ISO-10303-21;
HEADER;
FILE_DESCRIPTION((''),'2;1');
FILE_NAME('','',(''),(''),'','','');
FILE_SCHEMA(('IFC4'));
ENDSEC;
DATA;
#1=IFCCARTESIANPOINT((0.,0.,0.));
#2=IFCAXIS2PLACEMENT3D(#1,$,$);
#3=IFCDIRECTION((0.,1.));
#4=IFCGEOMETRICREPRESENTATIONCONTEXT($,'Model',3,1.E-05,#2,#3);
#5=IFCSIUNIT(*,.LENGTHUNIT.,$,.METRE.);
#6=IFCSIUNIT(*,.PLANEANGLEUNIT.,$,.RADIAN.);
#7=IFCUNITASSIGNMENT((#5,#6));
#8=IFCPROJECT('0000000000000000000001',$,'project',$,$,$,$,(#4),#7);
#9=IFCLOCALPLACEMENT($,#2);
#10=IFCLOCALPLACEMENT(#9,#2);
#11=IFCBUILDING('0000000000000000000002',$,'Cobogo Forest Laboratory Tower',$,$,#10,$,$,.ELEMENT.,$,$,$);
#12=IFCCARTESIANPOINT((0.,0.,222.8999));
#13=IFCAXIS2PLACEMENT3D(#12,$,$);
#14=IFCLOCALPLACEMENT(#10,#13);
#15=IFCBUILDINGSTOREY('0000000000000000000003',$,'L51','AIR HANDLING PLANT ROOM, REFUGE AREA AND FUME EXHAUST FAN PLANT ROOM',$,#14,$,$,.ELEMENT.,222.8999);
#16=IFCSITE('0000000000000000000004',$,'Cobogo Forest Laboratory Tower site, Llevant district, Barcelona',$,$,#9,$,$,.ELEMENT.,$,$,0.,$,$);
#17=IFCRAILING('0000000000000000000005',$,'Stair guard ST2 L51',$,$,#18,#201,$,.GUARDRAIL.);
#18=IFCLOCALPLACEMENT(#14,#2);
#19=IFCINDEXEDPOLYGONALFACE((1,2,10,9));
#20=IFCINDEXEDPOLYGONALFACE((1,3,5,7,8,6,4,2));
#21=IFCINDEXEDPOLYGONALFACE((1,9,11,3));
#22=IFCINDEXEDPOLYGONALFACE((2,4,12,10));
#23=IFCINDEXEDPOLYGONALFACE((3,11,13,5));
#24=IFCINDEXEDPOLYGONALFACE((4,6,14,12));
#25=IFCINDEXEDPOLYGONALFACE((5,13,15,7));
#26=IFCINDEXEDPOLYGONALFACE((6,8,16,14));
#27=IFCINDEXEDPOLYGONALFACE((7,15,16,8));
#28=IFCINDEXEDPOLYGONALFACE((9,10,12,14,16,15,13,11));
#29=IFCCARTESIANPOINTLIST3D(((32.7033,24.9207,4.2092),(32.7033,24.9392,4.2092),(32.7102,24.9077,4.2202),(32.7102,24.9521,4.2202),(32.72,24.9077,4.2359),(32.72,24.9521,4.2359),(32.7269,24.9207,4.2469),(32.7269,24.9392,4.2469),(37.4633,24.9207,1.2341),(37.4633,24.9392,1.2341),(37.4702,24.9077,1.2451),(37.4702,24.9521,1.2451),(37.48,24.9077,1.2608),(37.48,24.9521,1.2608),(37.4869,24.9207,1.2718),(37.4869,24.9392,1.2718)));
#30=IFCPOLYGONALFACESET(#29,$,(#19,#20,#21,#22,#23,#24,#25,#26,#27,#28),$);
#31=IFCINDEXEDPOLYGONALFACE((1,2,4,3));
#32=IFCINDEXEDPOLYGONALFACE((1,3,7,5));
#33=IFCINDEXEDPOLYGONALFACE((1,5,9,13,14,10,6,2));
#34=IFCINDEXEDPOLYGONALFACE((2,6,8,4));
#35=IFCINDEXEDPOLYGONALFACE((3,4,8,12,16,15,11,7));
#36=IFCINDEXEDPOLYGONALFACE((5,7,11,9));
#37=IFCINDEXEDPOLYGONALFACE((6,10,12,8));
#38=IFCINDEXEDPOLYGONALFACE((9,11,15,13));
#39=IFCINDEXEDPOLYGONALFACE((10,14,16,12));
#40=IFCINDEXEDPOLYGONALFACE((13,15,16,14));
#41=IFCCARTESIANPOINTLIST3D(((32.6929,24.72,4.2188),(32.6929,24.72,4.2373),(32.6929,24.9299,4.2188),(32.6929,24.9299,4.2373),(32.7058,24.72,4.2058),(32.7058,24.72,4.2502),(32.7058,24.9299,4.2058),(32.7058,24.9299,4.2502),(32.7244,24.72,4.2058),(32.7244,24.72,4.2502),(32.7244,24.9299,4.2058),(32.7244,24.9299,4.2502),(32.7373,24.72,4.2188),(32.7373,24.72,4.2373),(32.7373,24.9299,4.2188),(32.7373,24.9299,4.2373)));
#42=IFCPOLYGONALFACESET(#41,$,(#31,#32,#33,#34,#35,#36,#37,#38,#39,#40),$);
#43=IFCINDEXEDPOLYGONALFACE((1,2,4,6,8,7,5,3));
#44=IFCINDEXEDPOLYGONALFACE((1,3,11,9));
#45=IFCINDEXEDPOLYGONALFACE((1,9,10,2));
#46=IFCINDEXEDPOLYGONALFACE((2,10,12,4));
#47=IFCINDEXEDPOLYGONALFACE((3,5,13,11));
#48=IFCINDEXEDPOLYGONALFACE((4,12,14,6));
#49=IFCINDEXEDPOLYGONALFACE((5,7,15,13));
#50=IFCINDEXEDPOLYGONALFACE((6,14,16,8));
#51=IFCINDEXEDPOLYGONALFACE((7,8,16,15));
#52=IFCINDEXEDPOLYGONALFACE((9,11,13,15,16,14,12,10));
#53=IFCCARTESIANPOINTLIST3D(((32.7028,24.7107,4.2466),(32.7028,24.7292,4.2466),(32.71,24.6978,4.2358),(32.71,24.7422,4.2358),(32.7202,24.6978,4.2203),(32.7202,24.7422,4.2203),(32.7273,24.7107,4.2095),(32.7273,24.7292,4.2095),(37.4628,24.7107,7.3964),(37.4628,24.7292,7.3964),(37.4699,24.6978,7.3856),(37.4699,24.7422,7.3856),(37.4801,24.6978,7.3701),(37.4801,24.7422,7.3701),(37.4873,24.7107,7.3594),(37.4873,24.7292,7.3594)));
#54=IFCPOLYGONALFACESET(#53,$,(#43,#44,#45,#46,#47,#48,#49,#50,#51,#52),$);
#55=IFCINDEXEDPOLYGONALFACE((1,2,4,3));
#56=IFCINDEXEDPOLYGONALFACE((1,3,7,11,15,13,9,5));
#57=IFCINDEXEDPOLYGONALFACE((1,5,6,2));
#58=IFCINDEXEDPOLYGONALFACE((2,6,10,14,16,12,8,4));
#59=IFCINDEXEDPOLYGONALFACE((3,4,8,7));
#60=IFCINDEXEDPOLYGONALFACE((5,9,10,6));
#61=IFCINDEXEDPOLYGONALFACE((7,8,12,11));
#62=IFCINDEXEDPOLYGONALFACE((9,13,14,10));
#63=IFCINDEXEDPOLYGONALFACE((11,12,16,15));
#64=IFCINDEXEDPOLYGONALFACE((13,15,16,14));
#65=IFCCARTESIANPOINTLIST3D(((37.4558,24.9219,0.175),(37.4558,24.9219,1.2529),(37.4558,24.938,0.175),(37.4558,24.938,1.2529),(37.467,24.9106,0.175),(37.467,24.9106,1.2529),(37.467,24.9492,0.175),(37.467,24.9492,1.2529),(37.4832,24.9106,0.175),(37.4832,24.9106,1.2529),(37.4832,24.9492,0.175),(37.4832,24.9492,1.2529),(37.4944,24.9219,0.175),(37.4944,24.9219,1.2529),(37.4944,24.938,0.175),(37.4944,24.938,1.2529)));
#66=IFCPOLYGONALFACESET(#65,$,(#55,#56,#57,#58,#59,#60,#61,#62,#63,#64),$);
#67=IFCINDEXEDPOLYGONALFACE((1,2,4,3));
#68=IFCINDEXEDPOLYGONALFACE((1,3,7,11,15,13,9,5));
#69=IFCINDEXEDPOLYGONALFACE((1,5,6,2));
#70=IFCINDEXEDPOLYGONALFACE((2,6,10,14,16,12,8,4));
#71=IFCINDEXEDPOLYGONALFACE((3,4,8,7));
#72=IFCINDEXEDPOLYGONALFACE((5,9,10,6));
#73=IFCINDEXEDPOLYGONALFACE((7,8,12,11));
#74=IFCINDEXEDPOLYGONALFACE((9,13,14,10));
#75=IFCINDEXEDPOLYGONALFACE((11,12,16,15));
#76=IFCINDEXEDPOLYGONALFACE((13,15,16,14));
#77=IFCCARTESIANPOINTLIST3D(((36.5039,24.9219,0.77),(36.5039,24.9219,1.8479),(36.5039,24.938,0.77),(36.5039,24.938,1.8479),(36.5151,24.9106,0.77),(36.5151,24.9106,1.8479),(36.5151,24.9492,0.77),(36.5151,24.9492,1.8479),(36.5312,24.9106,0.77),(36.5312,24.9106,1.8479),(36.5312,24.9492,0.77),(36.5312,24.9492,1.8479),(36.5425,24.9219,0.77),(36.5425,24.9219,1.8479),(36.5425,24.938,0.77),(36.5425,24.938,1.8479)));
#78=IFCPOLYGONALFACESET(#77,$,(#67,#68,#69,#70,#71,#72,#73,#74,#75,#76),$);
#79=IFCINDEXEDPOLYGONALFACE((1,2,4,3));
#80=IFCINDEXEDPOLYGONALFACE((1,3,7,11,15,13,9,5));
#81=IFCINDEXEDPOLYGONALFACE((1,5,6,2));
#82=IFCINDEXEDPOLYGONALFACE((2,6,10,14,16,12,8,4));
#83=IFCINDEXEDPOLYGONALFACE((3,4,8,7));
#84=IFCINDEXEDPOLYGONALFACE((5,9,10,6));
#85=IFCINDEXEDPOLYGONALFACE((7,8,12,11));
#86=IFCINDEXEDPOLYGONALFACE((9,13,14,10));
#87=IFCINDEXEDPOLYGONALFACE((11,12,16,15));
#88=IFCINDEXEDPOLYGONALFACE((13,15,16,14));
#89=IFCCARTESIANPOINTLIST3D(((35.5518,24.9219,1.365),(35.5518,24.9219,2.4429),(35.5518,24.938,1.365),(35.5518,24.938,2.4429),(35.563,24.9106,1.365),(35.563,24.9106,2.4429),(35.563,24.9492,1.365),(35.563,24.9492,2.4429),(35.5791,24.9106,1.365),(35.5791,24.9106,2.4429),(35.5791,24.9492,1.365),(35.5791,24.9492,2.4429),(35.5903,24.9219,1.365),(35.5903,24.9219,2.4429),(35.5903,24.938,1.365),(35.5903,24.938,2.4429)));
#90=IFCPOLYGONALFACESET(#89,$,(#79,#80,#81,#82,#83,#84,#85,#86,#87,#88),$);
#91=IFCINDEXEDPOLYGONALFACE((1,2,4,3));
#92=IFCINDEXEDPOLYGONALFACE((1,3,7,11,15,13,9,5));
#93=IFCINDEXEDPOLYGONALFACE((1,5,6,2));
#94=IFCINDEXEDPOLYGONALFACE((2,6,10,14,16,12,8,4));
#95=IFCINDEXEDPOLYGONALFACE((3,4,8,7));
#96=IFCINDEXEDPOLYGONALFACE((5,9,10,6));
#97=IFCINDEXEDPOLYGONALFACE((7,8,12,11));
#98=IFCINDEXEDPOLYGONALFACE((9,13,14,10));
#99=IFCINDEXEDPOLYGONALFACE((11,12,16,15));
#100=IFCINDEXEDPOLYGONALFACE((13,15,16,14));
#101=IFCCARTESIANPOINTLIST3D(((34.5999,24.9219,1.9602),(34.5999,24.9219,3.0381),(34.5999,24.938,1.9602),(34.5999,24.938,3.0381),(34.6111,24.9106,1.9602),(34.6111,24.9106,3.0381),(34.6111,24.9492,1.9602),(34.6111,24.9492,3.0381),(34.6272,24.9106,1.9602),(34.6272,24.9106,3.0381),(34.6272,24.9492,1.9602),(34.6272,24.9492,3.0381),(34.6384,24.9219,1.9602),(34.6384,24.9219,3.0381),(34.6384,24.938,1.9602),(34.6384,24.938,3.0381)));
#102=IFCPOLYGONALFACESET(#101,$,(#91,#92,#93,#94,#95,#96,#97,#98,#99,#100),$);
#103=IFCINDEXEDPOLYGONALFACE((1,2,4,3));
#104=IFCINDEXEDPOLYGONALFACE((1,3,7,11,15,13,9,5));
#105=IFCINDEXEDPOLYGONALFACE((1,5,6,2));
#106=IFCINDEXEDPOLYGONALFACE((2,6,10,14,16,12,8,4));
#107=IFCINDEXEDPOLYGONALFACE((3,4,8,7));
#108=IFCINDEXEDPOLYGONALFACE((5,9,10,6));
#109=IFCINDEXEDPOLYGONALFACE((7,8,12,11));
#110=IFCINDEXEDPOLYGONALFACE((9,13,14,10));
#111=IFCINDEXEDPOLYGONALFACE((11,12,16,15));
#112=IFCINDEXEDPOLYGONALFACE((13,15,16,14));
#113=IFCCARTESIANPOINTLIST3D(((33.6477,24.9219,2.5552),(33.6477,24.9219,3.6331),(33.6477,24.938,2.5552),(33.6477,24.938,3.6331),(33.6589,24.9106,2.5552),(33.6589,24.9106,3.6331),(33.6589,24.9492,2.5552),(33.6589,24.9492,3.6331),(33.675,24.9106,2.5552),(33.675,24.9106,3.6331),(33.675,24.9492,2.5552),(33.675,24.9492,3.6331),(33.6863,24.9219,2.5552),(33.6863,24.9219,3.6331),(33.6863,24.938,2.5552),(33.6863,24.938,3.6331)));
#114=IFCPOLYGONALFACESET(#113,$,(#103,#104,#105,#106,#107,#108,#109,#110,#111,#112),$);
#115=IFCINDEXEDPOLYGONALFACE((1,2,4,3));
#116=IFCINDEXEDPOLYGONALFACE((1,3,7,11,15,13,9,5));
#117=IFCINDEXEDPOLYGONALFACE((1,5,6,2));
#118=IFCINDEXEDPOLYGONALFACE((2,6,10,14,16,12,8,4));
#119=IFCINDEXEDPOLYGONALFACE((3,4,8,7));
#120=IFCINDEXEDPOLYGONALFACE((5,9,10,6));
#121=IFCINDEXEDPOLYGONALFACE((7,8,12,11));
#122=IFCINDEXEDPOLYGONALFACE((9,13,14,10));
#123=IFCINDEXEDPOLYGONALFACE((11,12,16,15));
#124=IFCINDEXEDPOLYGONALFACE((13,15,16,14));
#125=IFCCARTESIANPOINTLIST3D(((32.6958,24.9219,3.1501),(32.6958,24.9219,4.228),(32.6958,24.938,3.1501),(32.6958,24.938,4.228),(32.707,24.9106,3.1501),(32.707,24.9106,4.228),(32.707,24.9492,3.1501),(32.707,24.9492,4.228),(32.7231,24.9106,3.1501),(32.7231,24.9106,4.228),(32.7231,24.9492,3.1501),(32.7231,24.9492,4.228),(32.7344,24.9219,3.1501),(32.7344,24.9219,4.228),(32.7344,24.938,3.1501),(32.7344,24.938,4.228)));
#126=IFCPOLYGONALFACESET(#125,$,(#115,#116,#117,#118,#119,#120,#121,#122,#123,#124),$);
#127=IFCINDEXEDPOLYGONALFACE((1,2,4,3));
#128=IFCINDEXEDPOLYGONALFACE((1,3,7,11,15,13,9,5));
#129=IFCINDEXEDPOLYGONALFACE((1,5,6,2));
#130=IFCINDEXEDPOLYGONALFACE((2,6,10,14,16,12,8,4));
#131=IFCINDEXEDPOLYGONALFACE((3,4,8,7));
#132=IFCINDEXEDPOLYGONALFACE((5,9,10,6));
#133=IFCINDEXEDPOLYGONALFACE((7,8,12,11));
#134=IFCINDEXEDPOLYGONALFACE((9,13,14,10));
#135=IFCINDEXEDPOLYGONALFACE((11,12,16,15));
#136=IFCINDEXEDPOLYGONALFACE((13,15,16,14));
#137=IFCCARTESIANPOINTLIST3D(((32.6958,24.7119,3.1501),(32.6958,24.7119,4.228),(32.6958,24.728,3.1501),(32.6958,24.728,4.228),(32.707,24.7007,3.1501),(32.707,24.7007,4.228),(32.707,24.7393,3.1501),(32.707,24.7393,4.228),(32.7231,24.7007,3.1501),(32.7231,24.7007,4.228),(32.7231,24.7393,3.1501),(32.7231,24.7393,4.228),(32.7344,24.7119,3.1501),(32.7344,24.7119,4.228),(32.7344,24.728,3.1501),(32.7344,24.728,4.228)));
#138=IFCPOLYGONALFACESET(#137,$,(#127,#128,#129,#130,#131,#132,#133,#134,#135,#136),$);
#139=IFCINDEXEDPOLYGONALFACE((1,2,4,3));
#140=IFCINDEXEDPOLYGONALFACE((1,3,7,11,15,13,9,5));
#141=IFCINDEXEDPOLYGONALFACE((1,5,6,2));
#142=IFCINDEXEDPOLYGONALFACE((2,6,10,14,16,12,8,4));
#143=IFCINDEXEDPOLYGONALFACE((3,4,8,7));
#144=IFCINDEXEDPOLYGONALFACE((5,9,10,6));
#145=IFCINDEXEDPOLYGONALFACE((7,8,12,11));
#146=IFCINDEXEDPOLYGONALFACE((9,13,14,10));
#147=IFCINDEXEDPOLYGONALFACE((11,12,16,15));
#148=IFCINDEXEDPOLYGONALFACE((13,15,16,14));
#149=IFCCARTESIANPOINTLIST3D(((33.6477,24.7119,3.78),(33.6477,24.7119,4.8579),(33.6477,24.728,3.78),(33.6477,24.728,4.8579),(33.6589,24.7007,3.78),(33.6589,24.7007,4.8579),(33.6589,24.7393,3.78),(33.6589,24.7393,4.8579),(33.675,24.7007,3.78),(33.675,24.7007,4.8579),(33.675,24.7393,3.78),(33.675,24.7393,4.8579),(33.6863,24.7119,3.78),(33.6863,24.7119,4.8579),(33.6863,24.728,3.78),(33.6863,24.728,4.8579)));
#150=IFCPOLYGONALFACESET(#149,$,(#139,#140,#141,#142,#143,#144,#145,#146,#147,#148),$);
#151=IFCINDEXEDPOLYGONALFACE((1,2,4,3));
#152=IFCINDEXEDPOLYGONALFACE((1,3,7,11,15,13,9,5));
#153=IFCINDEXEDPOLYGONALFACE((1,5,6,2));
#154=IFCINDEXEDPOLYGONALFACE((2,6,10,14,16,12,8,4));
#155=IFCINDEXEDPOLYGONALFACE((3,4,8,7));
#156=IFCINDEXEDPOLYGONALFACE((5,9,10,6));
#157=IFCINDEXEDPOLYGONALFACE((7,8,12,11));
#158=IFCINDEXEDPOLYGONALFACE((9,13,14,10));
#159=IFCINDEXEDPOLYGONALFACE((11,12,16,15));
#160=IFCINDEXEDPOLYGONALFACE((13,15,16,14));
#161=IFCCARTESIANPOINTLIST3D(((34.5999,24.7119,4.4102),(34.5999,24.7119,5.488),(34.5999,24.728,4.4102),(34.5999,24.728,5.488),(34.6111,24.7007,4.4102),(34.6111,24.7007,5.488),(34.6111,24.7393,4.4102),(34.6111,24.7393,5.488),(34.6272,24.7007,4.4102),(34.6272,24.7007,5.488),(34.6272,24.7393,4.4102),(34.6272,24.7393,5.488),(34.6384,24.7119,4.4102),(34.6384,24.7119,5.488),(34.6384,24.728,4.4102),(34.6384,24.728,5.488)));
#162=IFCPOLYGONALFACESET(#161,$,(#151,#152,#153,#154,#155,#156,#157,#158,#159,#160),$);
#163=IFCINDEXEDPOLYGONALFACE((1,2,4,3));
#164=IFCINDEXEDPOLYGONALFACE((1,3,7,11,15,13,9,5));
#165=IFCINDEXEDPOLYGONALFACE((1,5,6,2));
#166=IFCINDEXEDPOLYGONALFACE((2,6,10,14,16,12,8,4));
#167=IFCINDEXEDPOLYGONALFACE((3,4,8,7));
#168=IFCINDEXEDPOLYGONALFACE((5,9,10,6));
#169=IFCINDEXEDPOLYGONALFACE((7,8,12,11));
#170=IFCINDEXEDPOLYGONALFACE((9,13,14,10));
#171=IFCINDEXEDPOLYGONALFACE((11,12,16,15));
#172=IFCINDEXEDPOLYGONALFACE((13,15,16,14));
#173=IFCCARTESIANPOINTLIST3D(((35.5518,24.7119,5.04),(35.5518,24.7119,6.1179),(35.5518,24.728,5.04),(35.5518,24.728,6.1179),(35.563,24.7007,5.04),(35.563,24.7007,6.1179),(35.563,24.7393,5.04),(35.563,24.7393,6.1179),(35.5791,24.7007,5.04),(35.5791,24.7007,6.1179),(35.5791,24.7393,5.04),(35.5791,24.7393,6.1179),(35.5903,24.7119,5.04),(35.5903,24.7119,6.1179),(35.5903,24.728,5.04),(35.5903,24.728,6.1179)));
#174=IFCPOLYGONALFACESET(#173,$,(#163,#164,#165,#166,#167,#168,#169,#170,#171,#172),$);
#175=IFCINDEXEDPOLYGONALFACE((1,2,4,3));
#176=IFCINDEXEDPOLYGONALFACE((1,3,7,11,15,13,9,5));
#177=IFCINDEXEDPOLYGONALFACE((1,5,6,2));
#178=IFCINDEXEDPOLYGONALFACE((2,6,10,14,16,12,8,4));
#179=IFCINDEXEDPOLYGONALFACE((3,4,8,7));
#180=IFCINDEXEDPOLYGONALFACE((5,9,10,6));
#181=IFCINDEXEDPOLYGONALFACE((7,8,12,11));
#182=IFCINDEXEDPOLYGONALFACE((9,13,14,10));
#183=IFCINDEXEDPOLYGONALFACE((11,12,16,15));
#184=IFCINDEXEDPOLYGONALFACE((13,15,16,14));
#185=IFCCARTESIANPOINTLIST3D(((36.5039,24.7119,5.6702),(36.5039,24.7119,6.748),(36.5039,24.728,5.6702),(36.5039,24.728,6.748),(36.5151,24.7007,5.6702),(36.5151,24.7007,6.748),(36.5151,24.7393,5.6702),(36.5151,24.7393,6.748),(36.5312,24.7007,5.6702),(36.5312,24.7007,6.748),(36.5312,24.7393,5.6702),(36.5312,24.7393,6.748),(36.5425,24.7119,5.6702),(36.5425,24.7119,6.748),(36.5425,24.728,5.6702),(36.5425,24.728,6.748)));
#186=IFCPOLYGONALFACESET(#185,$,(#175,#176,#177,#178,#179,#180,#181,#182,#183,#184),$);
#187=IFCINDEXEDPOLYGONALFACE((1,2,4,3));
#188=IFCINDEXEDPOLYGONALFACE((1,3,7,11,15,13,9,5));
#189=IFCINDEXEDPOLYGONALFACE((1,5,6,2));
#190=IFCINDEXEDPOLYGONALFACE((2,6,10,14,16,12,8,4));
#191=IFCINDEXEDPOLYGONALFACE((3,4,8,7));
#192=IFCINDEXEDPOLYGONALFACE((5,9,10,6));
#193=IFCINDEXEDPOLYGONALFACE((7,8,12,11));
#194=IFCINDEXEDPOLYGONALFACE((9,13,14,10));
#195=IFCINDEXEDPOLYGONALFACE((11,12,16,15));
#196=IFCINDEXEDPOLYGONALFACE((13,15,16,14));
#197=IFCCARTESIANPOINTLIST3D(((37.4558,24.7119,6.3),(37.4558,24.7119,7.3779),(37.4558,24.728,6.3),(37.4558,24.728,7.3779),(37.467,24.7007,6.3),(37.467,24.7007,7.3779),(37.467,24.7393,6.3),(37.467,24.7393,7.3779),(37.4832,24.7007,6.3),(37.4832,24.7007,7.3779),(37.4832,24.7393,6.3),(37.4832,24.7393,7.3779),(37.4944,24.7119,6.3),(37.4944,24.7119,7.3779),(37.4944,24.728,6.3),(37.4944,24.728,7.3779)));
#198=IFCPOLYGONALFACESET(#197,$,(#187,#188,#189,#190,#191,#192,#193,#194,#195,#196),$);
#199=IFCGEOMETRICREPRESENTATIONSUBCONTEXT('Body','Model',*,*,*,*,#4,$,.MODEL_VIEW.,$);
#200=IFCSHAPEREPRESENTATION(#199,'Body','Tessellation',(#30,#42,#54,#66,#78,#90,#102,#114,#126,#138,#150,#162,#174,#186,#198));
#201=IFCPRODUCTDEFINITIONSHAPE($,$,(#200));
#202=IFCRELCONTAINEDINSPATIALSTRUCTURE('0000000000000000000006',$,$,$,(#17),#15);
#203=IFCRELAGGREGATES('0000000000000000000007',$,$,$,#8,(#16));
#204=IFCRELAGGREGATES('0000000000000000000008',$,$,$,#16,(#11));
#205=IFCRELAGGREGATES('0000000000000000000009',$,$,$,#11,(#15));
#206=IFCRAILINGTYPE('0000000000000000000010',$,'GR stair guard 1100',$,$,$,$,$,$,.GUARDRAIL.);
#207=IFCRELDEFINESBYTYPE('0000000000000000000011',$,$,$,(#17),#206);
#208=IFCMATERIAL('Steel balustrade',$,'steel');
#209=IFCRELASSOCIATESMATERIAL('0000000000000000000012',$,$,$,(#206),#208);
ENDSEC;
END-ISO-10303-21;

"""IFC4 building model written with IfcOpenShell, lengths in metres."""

from ifc_helpers import new_model, si_unit, direction, frame, origin, place, context, subcontext, project, spatial, polyline, outline, extrude, material, type_object, element, save


model = new_model("IFC4")

# Units and contexts
model_context = context("Model", 3, precision=1e-05, world=origin(), true_north=direction((0.0, 1.0)))
body_context = subcontext(model_context, "Body", "Model", "MODEL_VIEW")
ifc_project = project(units=[si_unit("LENGTHUNIT", "METRE"), si_unit("PLANEANGLEUNIT", "RADIAN")], contexts=[model_context])

# Site, building, storey
site_placement = place(None, origin())
site = spatial("IfcSite", under=ifc_project, at=site_placement, Name="Cobogo Forest Laboratory Tower site, Llevant district, Barcelona", CompositionType="ELEMENT", RefElevation=0.0)
building_placement = place(site_placement, origin())
building = spatial("IfcBuilding", under=site, at=building_placement, Name="Cobogo Forest Laboratory Tower", CompositionType="ELEMENT")
storey_placement = place(building_placement, frame((0.0, 0.0, 222.8999)))
storey = spatial("IfcBuildingStorey", under=building, at=storey_placement, Name="L51", Description="AIR HANDLING PLANT ROOM, REFUGE AREA AND FUME EXHAUST FAN PLANT ROOM", CompositionType="ELEMENT", Elevation=222.8999)

# Railing
ifc_material_1 = material(Name="Steel balustrade", Category="steel")
railing_type_1 = type_object("IfcRailingType", Name="GR stair guard 1100", PredefinedType="GUARDRAIL", material=ifc_material_1)
railing_1_placement = place(storey_placement, frame((37.4751, 24.9299, 0.175)))
element("IfcRailing", 1, at=railing_1_placement, inside=storey, type_object=railing_type_1, Name="Stair guard ST2 L51", PredefinedType="GUARDRAIL", context=body_context, shape_type="SweptSolid", body=[
    extrude(outline(polyline([(0.0222, 0.0093), (0.0093, 0.0222), (-0.0093, 0.0222), (-0.0222, 0.0093), (-0.0222, -0.0093), (-0.0093, -0.0222), (0.0093, -0.0222), (0.0222, -0.0093), (0.0222, 0.0093)])), frame((0.0, 0.0, 1.0779), z_axis=(-0.847991, 0.0, 0.530011), x_axis=(0.0, -1.0, 0.0)), (0.0, 0.0, 1.0), 5.6133),
    extrude(outline(polyline([(0.0222, 0.0093), (0.0093, 0.0222), (-0.0093, 0.0222), (-0.0222, 0.0093), (-0.0222, -0.0093), (-0.0093, -0.0222), (0.0093, -0.0222), (0.0222, -0.0093), (0.0222, 0.0093)])), frame((-4.76, 0.0, 4.053), z_axis=(0.0, -1.0, 0.0), x_axis=(1.0, 0.0, 0.0)), (0.0, 0.0, 1.0), 0.21),
    extrude(outline(polyline([(0.0222, 0.0093), (0.0093, 0.0222), (-0.0093, 0.0222), (-0.0222, 0.0093), (-0.0222, -0.0093), (-0.0093, -0.0222), (0.0093, -0.0222), (0.0222, -0.0093), (0.0222, 0.0093)])), frame((-4.76, -0.21, 4.053), z_axis=(0.833941, 0.0, 0.551854), x_axis=(0.0, 1.0, 0.0)), (0.0, 0.0, 1.0), 5.7078),
    extrude(outline(polyline([(0.0193, 0.0081), (0.0081, 0.0193), (-0.0081, 0.0193), (-0.0193, 0.0081), (-0.0193, -0.0081), (-0.0081, -0.0193), (0.0081, -0.0193), (0.0193, -0.0081), (0.0193, 0.0081)])), origin(), (0.0, 0.0, 1.0), 1.0779),
    extrude(outline(polyline([(0.0193, 0.0081), (0.0081, 0.0193), (-0.0081, 0.0193), (-0.0193, 0.0081), (-0.0193, -0.0081), (-0.0081, -0.0193), (0.0081, -0.0193), (0.0193, -0.0081), (0.0193, 0.0081)])), frame((-0.9519, 0.0, 0.595)), (0.0, 0.0, 1.0), 1.0779),
    extrude(outline(polyline([(0.0193, 0.0081), (0.0081, 0.0193), (-0.0081, 0.0193), (-0.0193, 0.0081), (-0.0193, -0.0081), (-0.0081, -0.0193), (0.0081, -0.0193), (0.0193, -0.0081), (0.0193, 0.0081)])), frame((-1.9041, 0.0, 1.1899)), (0.0, 0.0, 1.0), 1.0779),
    extrude(outline(polyline([(0.0193, 0.0081), (0.0081, 0.0193), (-0.0081, 0.0193), (-0.0193, 0.0081), (-0.0193, -0.0081), (-0.0081, -0.0193), (0.0081, -0.0193), (0.0193, -0.0081), (0.0193, 0.0081)])), frame((-2.856, 0.0, 1.7852)), (0.0, 0.0, 1.0), 1.0779),
    extrude(outline(polyline([(0.0193, 0.0081), (0.0081, 0.0193), (-0.0081, 0.0193), (-0.0193, 0.0081), (-0.0193, -0.0081), (-0.0081, -0.0193), (0.0081, -0.0193), (0.0193, -0.0081), (0.0193, 0.0081)])), frame((-3.8081, 0.0, 2.3801)), (0.0, 0.0, 1.0), 1.0779),
    extrude(outline(polyline([(0.0193, 0.0081), (0.0081, 0.0193), (-0.0081, 0.0193), (-0.0193, 0.0081), (-0.0193, -0.0081), (-0.0081, -0.0193), (0.0081, -0.0193), (0.0193, -0.0081), (0.0193, 0.0081)])), frame((-4.76, 0.0, 2.9751)), (0.0, 0.0, 1.0), 1.0779),
    extrude(outline(polyline([(0.0193, 0.0081), (0.0081, 0.0193), (-0.0081, 0.0193), (-0.0193, 0.0081), (-0.0193, -0.0081), (-0.0081, -0.0193), (0.0081, -0.0193), (0.0193, -0.0081), (0.0193, 0.0081)])), frame((-4.76, -0.21, 2.9751)), (0.0, 0.0, 1.0), 1.0779),
    extrude(outline(polyline([(0.0193, 0.0081), (0.0081, 0.0193), (-0.0081, 0.0193), (-0.0193, 0.0081), (-0.0193, -0.0081), (-0.0081, -0.0193), (0.0081, -0.0193), (0.0193, -0.0081), (0.0193, 0.0081)])), frame((-3.8081, -0.21, 3.605)), (0.0, 0.0, 1.0), 1.0779),
    extrude(outline(polyline([(0.0193, 0.0081), (0.0081, 0.0193), (-0.0081, 0.0193), (-0.0193, 0.0081), (-0.0193, -0.0081), (-0.0081, -0.0193), (0.0081, -0.0193), (0.0193, -0.0081), (0.0193, 0.0081)])), frame((-2.856, -0.21, 4.2351)), (0.0, 0.0, 1.0), 1.0779),
    extrude(outline(polyline([(0.0193, 0.0081), (0.0081, 0.0193), (-0.0081, 0.0193), (-0.0193, 0.0081), (-0.0193, -0.0081), (-0.0081, -0.0193), (0.0081, -0.0193), (0.0193, -0.0081), (0.0193, 0.0081)])), frame((-1.9041, -0.21, 4.865)), (0.0, 0.0, 1.0), 1.0779),
    extrude(outline(polyline([(0.0193, 0.0081), (0.0081, 0.0193), (-0.0081, 0.0193), (-0.0193, 0.0081), (-0.0193, -0.0081), (-0.0081, -0.0193), (0.0081, -0.0193), (0.0193, -0.0081), (0.0193, 0.0081)])), frame((-0.9519, -0.21, 5.4951)), (0.0, 0.0, 1.0), 1.0779),
    extrude(outline(polyline([(0.0193, 0.0081), (0.0081, 0.0193), (-0.0081, 0.0193), (-0.0193, 0.0081), (-0.0193, -0.0081), (-0.0081, -0.0193), (0.0081, -0.0193), (0.0193, -0.0081), (0.0193, 0.0081)])), frame((0.0, -0.21, 6.125)), (0.0, 0.0, 1.0), 1.0779),
])

save(model, "model.ifc")
